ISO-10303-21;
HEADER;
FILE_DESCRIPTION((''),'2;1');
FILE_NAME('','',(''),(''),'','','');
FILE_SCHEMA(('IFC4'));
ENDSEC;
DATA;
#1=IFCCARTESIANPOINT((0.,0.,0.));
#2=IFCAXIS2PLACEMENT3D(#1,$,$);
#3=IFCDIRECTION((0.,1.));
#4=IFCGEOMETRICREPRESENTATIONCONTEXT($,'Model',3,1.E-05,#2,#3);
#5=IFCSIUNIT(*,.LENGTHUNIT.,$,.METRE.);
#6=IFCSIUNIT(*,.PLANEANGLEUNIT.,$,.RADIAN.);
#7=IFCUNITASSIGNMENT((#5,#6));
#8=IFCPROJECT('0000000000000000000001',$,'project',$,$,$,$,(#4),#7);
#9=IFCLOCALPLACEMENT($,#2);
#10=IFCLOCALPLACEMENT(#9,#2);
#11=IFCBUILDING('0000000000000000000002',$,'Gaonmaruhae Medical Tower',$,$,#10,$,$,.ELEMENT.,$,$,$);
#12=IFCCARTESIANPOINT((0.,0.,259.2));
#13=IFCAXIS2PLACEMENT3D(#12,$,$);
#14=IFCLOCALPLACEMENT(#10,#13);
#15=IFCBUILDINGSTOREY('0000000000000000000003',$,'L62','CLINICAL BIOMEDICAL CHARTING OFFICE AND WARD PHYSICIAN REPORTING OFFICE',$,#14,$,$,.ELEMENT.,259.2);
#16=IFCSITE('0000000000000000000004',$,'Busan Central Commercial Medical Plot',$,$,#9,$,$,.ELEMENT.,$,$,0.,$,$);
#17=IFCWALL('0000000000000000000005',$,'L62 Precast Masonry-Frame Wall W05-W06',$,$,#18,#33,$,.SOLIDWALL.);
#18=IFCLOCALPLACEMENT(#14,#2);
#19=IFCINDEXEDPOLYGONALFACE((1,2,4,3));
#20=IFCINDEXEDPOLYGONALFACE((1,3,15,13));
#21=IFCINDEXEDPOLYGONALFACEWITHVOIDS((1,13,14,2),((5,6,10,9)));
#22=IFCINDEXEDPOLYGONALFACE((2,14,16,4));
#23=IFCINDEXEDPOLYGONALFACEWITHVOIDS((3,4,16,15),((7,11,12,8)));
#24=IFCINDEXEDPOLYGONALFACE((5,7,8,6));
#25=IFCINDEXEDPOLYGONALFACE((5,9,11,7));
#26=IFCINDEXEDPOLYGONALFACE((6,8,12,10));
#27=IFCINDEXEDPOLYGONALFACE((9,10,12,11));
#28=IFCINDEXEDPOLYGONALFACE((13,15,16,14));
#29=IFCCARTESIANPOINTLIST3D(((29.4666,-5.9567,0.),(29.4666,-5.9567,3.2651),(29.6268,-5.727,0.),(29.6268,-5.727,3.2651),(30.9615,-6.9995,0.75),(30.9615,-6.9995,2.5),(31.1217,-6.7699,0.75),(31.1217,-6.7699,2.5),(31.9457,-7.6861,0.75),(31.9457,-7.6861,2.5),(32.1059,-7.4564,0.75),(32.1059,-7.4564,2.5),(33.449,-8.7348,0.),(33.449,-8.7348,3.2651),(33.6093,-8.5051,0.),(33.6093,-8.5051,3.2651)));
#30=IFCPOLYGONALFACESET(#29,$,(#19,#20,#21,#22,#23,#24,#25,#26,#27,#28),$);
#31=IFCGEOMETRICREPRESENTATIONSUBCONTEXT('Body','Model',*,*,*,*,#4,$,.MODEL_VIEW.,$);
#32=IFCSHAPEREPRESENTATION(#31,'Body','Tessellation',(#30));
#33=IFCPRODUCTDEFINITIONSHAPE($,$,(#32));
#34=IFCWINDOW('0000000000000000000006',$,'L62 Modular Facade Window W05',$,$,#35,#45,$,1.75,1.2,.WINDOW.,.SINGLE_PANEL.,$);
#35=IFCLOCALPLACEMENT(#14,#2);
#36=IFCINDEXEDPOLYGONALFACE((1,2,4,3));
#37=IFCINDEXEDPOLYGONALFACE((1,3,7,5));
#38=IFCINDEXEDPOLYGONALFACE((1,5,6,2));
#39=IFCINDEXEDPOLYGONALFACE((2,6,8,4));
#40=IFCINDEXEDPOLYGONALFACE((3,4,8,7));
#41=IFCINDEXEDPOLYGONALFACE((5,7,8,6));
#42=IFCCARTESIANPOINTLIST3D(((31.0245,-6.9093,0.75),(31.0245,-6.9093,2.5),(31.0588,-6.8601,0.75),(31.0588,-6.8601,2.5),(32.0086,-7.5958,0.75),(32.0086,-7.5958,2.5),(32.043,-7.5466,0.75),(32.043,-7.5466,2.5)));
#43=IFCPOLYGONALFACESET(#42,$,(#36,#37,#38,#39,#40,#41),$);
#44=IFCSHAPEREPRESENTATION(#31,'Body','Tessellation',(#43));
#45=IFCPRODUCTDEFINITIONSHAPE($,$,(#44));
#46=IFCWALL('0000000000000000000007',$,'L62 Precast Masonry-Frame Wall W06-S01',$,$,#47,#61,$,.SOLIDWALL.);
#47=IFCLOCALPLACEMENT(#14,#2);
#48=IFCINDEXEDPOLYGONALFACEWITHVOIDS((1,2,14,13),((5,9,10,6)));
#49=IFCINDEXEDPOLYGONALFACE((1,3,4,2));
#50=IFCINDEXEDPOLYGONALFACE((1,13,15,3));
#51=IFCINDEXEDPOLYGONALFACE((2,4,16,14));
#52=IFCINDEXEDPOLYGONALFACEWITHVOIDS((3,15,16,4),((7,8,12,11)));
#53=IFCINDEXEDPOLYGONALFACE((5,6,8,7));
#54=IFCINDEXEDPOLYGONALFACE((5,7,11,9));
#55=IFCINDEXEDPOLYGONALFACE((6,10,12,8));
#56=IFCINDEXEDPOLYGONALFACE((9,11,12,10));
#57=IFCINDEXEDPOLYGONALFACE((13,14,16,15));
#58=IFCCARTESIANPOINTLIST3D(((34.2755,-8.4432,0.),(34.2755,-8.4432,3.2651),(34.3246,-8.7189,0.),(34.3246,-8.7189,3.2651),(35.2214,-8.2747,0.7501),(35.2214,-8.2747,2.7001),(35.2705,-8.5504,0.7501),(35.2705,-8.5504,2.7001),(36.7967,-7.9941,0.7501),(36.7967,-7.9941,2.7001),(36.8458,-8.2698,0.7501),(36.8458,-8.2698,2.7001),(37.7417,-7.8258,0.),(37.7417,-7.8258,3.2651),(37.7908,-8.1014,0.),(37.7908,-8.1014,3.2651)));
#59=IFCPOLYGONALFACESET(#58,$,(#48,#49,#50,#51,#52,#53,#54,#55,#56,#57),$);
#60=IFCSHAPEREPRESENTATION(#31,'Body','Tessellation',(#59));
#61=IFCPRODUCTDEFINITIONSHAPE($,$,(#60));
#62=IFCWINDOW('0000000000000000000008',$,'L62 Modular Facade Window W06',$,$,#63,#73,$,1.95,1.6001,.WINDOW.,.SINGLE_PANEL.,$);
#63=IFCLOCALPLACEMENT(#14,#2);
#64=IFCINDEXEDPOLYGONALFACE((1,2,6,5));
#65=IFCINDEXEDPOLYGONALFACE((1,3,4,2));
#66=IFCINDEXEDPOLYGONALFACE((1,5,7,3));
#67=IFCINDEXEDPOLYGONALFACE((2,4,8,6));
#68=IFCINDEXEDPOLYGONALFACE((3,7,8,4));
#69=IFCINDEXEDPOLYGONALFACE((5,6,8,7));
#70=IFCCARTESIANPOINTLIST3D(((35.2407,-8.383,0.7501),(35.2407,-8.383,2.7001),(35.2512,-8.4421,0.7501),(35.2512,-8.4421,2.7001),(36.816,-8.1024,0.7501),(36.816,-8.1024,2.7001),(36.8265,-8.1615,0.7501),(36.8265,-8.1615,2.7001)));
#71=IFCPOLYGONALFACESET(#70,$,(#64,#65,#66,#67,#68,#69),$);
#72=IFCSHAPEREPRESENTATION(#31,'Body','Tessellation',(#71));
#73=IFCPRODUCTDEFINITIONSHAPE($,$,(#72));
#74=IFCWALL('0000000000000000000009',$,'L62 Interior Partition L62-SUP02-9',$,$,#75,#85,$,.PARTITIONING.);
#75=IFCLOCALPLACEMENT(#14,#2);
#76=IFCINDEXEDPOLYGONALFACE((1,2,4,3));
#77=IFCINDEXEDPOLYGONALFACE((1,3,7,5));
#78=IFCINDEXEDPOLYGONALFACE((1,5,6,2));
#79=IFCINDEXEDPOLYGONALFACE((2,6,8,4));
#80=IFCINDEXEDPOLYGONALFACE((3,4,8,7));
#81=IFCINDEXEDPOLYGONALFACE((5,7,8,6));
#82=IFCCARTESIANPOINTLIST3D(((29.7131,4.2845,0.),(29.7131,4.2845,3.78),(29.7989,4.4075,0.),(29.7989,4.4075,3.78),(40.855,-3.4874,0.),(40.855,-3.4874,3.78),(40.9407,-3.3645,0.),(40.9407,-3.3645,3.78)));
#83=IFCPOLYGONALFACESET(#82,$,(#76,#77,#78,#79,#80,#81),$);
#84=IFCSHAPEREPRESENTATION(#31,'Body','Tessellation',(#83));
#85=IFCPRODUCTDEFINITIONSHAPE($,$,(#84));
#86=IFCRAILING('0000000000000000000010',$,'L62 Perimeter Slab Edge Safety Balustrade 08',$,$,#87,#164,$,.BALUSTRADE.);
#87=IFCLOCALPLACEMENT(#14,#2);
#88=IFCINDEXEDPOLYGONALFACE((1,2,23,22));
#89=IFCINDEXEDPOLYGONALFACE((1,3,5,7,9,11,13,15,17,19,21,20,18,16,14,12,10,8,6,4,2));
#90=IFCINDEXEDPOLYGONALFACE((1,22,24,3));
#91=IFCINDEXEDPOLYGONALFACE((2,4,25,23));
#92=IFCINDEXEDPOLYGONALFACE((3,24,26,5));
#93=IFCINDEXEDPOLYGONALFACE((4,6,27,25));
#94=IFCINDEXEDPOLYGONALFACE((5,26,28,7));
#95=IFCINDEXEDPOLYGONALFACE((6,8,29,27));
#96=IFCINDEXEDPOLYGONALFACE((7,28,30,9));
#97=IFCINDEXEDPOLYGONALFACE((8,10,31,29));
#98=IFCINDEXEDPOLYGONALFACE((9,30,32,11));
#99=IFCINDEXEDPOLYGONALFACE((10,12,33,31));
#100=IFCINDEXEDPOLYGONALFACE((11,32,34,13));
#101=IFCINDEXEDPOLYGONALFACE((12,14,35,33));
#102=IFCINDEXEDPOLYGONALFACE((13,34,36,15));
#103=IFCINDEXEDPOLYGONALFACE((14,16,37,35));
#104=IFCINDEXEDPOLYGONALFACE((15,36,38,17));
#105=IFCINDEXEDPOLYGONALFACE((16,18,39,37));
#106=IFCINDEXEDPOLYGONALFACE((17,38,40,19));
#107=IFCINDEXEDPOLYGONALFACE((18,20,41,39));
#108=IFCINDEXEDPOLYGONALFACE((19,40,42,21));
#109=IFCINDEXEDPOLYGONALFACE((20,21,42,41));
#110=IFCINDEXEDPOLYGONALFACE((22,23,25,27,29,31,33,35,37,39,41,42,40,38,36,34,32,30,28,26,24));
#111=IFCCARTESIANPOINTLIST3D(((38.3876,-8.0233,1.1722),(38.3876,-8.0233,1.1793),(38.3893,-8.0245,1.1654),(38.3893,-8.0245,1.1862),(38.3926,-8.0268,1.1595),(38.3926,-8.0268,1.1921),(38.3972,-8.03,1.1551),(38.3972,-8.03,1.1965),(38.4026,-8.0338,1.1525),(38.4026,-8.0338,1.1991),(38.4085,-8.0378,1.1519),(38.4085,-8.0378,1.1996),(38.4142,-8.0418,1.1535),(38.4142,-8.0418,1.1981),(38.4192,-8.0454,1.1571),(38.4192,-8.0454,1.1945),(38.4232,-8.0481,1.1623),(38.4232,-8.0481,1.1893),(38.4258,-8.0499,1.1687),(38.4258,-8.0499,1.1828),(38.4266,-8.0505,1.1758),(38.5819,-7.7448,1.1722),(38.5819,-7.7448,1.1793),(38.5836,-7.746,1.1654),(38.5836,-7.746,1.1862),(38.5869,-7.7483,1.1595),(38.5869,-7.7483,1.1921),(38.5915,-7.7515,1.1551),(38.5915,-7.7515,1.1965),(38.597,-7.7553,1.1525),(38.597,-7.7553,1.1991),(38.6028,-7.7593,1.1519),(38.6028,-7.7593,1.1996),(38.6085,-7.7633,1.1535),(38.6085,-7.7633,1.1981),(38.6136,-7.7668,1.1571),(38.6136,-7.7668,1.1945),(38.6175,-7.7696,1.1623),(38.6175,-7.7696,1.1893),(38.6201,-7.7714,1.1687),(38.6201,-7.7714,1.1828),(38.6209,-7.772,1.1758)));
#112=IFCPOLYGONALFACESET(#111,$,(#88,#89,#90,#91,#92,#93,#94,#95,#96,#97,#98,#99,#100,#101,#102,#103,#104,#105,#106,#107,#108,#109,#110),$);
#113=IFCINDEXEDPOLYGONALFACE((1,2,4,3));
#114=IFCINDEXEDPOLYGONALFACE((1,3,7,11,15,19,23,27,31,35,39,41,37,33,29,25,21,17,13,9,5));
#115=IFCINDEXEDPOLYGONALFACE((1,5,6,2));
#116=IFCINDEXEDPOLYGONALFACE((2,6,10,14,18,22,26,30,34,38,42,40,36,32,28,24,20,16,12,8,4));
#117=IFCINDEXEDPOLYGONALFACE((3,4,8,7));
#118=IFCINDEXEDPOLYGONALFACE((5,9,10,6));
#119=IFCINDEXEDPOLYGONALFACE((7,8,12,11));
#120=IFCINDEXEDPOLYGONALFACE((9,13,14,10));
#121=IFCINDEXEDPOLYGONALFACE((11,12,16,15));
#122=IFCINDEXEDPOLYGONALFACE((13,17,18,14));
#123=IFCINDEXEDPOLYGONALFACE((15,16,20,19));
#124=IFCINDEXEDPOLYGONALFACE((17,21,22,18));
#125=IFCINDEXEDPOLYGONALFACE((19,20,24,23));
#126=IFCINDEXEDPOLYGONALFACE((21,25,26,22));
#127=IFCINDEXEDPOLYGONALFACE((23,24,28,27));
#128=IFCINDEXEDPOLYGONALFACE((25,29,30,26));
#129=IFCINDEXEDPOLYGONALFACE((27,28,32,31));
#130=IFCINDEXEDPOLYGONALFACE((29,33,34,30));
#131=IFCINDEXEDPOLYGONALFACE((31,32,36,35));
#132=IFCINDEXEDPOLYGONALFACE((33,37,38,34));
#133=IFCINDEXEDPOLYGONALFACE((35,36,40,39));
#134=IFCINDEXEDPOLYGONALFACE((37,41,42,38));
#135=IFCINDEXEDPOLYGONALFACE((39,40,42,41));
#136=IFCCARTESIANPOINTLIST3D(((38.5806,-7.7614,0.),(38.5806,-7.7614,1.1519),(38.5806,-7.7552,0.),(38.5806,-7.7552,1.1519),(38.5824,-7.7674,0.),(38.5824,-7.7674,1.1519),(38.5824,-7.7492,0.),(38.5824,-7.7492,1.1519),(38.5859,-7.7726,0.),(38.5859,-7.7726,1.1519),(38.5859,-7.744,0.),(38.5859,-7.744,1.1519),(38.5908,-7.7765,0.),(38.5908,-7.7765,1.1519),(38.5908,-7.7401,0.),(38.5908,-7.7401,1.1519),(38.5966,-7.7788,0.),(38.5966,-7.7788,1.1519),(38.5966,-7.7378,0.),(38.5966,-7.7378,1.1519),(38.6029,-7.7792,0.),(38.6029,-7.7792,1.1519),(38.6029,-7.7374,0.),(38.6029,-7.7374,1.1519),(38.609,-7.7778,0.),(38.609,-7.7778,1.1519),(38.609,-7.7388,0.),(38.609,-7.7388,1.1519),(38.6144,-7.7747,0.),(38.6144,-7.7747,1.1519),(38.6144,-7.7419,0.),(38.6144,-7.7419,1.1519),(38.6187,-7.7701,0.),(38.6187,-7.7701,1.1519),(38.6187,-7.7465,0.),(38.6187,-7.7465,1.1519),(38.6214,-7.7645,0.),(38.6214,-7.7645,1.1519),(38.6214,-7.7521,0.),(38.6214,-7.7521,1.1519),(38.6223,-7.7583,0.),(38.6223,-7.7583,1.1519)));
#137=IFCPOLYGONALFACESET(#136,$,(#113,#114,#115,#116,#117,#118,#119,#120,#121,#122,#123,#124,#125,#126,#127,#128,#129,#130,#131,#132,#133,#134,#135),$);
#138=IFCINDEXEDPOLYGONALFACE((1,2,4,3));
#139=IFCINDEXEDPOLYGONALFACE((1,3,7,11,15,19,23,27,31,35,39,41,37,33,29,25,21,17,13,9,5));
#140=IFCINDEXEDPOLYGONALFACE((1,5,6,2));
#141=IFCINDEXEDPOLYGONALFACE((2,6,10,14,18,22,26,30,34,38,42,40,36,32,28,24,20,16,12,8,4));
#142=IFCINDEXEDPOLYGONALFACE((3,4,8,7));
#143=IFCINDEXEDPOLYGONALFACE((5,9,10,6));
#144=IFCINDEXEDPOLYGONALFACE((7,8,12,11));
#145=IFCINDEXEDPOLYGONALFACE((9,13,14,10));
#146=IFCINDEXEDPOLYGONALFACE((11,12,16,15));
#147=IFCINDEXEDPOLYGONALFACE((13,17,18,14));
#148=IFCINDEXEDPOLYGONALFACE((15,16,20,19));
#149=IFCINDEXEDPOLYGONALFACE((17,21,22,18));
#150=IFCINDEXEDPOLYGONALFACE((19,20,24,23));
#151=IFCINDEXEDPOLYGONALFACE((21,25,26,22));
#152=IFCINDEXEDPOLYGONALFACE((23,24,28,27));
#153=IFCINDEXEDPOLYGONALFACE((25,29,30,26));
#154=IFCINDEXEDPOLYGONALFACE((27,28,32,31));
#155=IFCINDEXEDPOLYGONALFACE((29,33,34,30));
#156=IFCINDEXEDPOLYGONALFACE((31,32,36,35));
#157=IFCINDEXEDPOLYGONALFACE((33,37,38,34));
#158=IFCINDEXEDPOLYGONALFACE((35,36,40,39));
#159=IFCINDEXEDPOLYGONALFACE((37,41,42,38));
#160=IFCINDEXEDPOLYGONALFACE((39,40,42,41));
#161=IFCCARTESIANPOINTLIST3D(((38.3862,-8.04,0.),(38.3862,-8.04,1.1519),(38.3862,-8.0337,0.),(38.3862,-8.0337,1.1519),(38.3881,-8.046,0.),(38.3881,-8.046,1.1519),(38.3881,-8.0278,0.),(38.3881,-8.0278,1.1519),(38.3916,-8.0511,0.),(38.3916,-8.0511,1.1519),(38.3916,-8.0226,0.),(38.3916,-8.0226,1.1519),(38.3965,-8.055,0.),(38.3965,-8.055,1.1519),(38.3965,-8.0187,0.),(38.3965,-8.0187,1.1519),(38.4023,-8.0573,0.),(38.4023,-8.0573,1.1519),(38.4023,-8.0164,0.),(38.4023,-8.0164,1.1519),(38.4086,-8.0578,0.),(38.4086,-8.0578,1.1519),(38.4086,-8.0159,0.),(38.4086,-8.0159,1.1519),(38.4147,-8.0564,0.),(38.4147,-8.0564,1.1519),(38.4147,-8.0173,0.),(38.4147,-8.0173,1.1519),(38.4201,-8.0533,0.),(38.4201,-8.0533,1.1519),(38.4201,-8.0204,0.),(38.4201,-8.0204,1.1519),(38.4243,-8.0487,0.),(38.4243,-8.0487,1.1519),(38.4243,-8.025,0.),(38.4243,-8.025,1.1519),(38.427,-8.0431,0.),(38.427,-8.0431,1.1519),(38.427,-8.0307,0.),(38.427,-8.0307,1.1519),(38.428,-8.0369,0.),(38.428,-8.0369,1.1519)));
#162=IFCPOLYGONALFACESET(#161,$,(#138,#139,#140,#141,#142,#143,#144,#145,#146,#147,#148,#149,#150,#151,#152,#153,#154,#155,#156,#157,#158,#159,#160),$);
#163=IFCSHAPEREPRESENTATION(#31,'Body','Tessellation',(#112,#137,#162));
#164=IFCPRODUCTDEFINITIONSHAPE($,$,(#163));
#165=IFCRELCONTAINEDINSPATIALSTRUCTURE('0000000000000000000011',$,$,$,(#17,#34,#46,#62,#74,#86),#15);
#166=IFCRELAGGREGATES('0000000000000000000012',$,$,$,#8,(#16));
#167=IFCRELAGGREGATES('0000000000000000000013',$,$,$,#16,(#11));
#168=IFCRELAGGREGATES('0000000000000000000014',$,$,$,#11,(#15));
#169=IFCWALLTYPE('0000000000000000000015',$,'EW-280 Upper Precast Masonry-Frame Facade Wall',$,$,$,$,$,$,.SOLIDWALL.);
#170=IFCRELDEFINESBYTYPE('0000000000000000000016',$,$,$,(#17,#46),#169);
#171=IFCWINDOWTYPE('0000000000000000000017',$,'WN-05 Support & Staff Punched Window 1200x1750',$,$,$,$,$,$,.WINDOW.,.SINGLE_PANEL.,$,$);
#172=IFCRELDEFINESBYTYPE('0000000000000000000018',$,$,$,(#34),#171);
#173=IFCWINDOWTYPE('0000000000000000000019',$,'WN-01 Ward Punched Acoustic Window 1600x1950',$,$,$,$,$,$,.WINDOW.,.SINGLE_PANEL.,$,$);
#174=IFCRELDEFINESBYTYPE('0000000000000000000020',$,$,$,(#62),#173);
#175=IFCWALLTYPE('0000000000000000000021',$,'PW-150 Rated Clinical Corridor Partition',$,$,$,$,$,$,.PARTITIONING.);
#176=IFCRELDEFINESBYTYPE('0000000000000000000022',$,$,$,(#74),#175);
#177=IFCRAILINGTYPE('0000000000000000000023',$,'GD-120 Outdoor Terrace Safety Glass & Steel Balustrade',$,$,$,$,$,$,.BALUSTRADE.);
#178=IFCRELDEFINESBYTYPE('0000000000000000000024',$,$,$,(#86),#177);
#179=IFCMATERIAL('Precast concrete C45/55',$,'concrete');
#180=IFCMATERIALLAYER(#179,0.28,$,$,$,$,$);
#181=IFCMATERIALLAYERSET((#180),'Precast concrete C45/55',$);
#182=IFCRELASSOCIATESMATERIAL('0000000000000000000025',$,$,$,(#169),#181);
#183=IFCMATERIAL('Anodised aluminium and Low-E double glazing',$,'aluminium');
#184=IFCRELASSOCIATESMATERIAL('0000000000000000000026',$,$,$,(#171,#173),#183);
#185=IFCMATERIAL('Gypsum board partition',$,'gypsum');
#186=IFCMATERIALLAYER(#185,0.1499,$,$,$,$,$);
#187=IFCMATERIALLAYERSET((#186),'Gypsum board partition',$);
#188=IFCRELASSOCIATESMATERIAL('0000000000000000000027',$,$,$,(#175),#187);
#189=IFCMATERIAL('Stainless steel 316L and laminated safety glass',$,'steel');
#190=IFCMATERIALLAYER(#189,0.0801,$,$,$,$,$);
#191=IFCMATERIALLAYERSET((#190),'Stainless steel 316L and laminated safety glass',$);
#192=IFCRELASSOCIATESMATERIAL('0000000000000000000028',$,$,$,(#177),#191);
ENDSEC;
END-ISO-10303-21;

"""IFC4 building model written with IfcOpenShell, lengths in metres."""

from ifc_helpers import new_model, si_unit, direction, frame, frame_2d, origin, origin_2d, place, context, subcontext, project, spatial, rectangle, circle, extrude, material, layer, layer_set, type_object, element, fill, save


model = new_model("IFC4")

# Units and contexts
model_context = context("Model", 3, precision=1e-05, world=origin(), true_north=direction((0.0, 1.0)))
body_context = subcontext(model_context, "Body", "Model", "MODEL_VIEW")
ifc_project = project(units=[si_unit("LENGTHUNIT", "METRE"), si_unit("PLANEANGLEUNIT", "RADIAN")], contexts=[model_context])

# Site, building, storey
site_placement = place(None, origin())
site = spatial("IfcSite", under=ifc_project, at=site_placement, Name="Busan Central Commercial Medical Plot", CompositionType="ELEMENT", RefElevation=0.0)
building_placement = place(site_placement, origin())
building = spatial("IfcBuilding", under=site, at=building_placement, Name="Gaonmaruhae Medical Tower", CompositionType="ELEMENT")
storey_placement = place(building_placement, frame((0.0, 0.0, 259.2)))
storey = spatial("IfcBuildingStorey", under=building, at=storey_placement, Name="L62", Description="CLINICAL BIOMEDICAL CHARTING OFFICE AND WARD PHYSICIAN REPORTING OFFICE", CompositionType="ELEMENT", Elevation=259.2)

# Walls, openings, windows
ifc_material_1 = material(Name="Precast concrete C45/55", Category="concrete")
ifc_layer_1 = layer(ifc_material_1, 0.28)
ifc_layer_set_1 = layer_set([ifc_layer_1], Name="Precast concrete C45/55")
wall_type_1 = type_object("IfcWallType", Name="EW-280 Upper Precast Masonry-Frame Facade Wall", PredefinedType="SOLIDWALL", material=ifc_layer_set_1)
ifc_material_2 = material(Name="Anodised aluminium and Low-E double glazing", Category="aluminium")
wall_1_placement = place(storey_placement, frame((33.5291, -8.6199, 0.0), z_axis=(0.0, 0.0, 1.0), x_axis=(-0.820162, 0.572132, 0.0)))
wall_1 = element("IfcWall", 1, at=wall_1_placement, inside=storey, type_object=wall_type_1, Name="L62 Precast Masonry-Frame Wall W05-W06", PredefinedType="SOLIDWALL", context=body_context, shape_type="SweptSolid", body=[
    extrude(rectangle(XDim=4.8557, YDim=0.28, at=frame_2d((2.4277, 0.0))), origin(), (0.0, 0.0, 1.0), 3.2651),
])
opening_1_placement = place(wall_1_placement, frame((1.8328, 0.0, 0.75)))
opening_1 = element("IfcOpeningElement", 2, at=opening_1_placement, cuts=wall_1, PredefinedType="OPENING", context=body_context, shape_type="SweptSolid", body=[
    extrude(rectangle(XDim=1.2, YDim=1.75, at=frame_2d((0.6001, 0.875))), frame((0.0, 0.1499, 0.0), z_axis=(0.0, -1.0, 0.0), x_axis=(1.0, 0.0, 0.0)), (0.0, 0.0, 1.0), 0.3),
])
window_type_1 = type_object("IfcWindowType", Name="WN-05 Support & Staff Punched Window 1200x1750", PartitioningType="SINGLE_PANEL", PredefinedType="WINDOW", material=ifc_material_2)
window_1_placement = place(opening_1_placement, origin())
window_1 = element("IfcWindow", 3, at=window_1_placement, inside=storey, type_object=window_type_1, Name="L62 Modular Facade Window W05", OverallHeight=1.75, OverallWidth=1.2, PartitioningType="SINGLE_PANEL", PredefinedType="WINDOW", context=body_context, shape_type="SweptSolid", body=[
    extrude(rectangle(XDim=1.2, YDim=1.75, at=frame_2d((0.6001, 0.875))), frame((0.0, 0.03, 0.0), z_axis=(0.0, -1.0, 0.0), x_axis=(1.0, 0.0, 0.0)), (0.0, 0.0, 1.0), 0.0601),
])
fill(opening_1, window_1)
wall_2_placement = place(storey_placement, frame((37.7661, -7.9636, 0.0), z_axis=(0.0, 0.0, 1.0), x_axis=(-0.984504, -0.175363, 0.0)))
wall_2 = element("IfcWall", 4, at=wall_2_placement, inside=storey, type_object=wall_type_1, Name="L62 Precast Masonry-Frame Wall W06-S01", PredefinedType="SOLIDWALL", context=body_context, shape_type="SweptSolid", body=[
    extrude(rectangle(XDim=3.5208, YDim=0.28, at=frame_2d((1.7603, 0.0))), origin(), (0.0, 0.0, 1.0), 3.2651),
])
opening_2_placement = place(wall_2_placement, frame((0.9597, 0.0, 0.75)))
opening_2 = element("IfcOpeningElement", 5, at=opening_2_placement, cuts=wall_2, PredefinedType="OPENING", context=body_context, shape_type="SweptSolid", body=[
    extrude(rectangle(XDim=1.6001, YDim=1.95, at=frame_2d((0.8, 0.9751))), frame((0.0, 0.1499, 0.0), z_axis=(0.0, -1.0, 0.0), x_axis=(1.0, 0.0, 0.0)), (0.0, 0.0, 1.0), 0.3),
])
window_type_2 = type_object("IfcWindowType", Name="WN-01 Ward Punched Acoustic Window 1600x1950", PartitioningType="SINGLE_PANEL", PredefinedType="WINDOW", material=ifc_material_2)
window_2_placement = place(opening_2_placement, origin())
window_2 = element("IfcWindow", 6, at=window_2_placement, inside=storey, type_object=window_type_2, Name="L62 Modular Facade Window W06", OverallHeight=1.95, OverallWidth=1.6001, PartitioningType="SINGLE_PANEL", PredefinedType="WINDOW", context=body_context, shape_type="SweptSolid", body=[
    extrude(rectangle(XDim=1.6001, YDim=1.95, at=frame_2d((0.8, 0.9751))), frame((0.0, 0.03, 0.0), z_axis=(0.0, -1.0, 0.0), x_axis=(1.0, 0.0, 0.0)), (0.0, 0.0, 1.0), 0.0601),
])
fill(opening_2, window_2)

# Wall
ifc_material_3 = material(Name="Gypsum board partition", Category="gypsum")
ifc_layer_2 = layer(ifc_material_3, 0.1499)
ifc_layer_set_2 = layer_set([ifc_layer_2], Name="Gypsum board partition")
wall_type_2 = type_object("IfcWallType", Name="PW-150 Rated Clinical Corridor Partition", PredefinedType="PARTITIONING", material=ifc_layer_set_2)
wall_3_placement = place(storey_placement, frame((40.8979, -3.426, 0.0), z_axis=(0.0, 0.0, 1.0), x_axis=(-0.820176, 0.572112, 0.0)))
element("IfcWall", 7, at=wall_3_placement, inside=storey, type_object=wall_type_2, Name="L62 Interior Partition L62-SUP02-9", PredefinedType="PARTITIONING", context=body_context, shape_type="SweptSolid", body=[
    extrude(rectangle(XDim=13.5847, YDim=0.1499, at=frame_2d((6.7925, 0.0))), origin(), (0.0, 0.0, 1.0), 3.78),
])

# Railing
ifc_material_4 = material(Name="Stainless steel 316L and laminated safety glass", Category="steel")
ifc_layer_3 = layer(ifc_material_4, 0.0801)
ifc_layer_set_3 = layer_set([ifc_layer_3], Name="Stainless steel 316L and laminated safety glass")
railing_type = type_object("IfcRailingType", Name="GD-120 Outdoor Terrace Safety Glass & Steel Balustrade", PredefinedType="BALUSTRADE", material=ifc_layer_set_3)
railing_1_placement = place(storey_placement, frame((38.6013, -7.7583, 0.0)))
element("IfcRailing", 8, at=railing_1_placement, inside=storey, type_object=railing_type, Name="L62 Perimeter Slab Edge Safety Balustrade 08", PredefinedType="BALUSTRADE", context=body_context, shape_type="SweptSolid", body=[
    extrude(circle(Radius=0.0239, at=origin_2d()), frame((0.0, 0.0, 1.1758), z_axis=(-0.572159, -0.820143, 0.0), x_axis=(0.820143, -0.572159, 0.0)), (0.0, 0.0, 1.0), 0.3396),
    extrude(circle(Radius=0.021, at=origin_2d()), origin(), (0.0, 0.0, 1.0), 1.1519),
    extrude(circle(Radius=0.021, at=origin_2d()), frame((-0.1943, -0.2786, 0.0)), (0.0, 0.0, 1.0), 1.1519),
])

save(model, "model.ifc")
